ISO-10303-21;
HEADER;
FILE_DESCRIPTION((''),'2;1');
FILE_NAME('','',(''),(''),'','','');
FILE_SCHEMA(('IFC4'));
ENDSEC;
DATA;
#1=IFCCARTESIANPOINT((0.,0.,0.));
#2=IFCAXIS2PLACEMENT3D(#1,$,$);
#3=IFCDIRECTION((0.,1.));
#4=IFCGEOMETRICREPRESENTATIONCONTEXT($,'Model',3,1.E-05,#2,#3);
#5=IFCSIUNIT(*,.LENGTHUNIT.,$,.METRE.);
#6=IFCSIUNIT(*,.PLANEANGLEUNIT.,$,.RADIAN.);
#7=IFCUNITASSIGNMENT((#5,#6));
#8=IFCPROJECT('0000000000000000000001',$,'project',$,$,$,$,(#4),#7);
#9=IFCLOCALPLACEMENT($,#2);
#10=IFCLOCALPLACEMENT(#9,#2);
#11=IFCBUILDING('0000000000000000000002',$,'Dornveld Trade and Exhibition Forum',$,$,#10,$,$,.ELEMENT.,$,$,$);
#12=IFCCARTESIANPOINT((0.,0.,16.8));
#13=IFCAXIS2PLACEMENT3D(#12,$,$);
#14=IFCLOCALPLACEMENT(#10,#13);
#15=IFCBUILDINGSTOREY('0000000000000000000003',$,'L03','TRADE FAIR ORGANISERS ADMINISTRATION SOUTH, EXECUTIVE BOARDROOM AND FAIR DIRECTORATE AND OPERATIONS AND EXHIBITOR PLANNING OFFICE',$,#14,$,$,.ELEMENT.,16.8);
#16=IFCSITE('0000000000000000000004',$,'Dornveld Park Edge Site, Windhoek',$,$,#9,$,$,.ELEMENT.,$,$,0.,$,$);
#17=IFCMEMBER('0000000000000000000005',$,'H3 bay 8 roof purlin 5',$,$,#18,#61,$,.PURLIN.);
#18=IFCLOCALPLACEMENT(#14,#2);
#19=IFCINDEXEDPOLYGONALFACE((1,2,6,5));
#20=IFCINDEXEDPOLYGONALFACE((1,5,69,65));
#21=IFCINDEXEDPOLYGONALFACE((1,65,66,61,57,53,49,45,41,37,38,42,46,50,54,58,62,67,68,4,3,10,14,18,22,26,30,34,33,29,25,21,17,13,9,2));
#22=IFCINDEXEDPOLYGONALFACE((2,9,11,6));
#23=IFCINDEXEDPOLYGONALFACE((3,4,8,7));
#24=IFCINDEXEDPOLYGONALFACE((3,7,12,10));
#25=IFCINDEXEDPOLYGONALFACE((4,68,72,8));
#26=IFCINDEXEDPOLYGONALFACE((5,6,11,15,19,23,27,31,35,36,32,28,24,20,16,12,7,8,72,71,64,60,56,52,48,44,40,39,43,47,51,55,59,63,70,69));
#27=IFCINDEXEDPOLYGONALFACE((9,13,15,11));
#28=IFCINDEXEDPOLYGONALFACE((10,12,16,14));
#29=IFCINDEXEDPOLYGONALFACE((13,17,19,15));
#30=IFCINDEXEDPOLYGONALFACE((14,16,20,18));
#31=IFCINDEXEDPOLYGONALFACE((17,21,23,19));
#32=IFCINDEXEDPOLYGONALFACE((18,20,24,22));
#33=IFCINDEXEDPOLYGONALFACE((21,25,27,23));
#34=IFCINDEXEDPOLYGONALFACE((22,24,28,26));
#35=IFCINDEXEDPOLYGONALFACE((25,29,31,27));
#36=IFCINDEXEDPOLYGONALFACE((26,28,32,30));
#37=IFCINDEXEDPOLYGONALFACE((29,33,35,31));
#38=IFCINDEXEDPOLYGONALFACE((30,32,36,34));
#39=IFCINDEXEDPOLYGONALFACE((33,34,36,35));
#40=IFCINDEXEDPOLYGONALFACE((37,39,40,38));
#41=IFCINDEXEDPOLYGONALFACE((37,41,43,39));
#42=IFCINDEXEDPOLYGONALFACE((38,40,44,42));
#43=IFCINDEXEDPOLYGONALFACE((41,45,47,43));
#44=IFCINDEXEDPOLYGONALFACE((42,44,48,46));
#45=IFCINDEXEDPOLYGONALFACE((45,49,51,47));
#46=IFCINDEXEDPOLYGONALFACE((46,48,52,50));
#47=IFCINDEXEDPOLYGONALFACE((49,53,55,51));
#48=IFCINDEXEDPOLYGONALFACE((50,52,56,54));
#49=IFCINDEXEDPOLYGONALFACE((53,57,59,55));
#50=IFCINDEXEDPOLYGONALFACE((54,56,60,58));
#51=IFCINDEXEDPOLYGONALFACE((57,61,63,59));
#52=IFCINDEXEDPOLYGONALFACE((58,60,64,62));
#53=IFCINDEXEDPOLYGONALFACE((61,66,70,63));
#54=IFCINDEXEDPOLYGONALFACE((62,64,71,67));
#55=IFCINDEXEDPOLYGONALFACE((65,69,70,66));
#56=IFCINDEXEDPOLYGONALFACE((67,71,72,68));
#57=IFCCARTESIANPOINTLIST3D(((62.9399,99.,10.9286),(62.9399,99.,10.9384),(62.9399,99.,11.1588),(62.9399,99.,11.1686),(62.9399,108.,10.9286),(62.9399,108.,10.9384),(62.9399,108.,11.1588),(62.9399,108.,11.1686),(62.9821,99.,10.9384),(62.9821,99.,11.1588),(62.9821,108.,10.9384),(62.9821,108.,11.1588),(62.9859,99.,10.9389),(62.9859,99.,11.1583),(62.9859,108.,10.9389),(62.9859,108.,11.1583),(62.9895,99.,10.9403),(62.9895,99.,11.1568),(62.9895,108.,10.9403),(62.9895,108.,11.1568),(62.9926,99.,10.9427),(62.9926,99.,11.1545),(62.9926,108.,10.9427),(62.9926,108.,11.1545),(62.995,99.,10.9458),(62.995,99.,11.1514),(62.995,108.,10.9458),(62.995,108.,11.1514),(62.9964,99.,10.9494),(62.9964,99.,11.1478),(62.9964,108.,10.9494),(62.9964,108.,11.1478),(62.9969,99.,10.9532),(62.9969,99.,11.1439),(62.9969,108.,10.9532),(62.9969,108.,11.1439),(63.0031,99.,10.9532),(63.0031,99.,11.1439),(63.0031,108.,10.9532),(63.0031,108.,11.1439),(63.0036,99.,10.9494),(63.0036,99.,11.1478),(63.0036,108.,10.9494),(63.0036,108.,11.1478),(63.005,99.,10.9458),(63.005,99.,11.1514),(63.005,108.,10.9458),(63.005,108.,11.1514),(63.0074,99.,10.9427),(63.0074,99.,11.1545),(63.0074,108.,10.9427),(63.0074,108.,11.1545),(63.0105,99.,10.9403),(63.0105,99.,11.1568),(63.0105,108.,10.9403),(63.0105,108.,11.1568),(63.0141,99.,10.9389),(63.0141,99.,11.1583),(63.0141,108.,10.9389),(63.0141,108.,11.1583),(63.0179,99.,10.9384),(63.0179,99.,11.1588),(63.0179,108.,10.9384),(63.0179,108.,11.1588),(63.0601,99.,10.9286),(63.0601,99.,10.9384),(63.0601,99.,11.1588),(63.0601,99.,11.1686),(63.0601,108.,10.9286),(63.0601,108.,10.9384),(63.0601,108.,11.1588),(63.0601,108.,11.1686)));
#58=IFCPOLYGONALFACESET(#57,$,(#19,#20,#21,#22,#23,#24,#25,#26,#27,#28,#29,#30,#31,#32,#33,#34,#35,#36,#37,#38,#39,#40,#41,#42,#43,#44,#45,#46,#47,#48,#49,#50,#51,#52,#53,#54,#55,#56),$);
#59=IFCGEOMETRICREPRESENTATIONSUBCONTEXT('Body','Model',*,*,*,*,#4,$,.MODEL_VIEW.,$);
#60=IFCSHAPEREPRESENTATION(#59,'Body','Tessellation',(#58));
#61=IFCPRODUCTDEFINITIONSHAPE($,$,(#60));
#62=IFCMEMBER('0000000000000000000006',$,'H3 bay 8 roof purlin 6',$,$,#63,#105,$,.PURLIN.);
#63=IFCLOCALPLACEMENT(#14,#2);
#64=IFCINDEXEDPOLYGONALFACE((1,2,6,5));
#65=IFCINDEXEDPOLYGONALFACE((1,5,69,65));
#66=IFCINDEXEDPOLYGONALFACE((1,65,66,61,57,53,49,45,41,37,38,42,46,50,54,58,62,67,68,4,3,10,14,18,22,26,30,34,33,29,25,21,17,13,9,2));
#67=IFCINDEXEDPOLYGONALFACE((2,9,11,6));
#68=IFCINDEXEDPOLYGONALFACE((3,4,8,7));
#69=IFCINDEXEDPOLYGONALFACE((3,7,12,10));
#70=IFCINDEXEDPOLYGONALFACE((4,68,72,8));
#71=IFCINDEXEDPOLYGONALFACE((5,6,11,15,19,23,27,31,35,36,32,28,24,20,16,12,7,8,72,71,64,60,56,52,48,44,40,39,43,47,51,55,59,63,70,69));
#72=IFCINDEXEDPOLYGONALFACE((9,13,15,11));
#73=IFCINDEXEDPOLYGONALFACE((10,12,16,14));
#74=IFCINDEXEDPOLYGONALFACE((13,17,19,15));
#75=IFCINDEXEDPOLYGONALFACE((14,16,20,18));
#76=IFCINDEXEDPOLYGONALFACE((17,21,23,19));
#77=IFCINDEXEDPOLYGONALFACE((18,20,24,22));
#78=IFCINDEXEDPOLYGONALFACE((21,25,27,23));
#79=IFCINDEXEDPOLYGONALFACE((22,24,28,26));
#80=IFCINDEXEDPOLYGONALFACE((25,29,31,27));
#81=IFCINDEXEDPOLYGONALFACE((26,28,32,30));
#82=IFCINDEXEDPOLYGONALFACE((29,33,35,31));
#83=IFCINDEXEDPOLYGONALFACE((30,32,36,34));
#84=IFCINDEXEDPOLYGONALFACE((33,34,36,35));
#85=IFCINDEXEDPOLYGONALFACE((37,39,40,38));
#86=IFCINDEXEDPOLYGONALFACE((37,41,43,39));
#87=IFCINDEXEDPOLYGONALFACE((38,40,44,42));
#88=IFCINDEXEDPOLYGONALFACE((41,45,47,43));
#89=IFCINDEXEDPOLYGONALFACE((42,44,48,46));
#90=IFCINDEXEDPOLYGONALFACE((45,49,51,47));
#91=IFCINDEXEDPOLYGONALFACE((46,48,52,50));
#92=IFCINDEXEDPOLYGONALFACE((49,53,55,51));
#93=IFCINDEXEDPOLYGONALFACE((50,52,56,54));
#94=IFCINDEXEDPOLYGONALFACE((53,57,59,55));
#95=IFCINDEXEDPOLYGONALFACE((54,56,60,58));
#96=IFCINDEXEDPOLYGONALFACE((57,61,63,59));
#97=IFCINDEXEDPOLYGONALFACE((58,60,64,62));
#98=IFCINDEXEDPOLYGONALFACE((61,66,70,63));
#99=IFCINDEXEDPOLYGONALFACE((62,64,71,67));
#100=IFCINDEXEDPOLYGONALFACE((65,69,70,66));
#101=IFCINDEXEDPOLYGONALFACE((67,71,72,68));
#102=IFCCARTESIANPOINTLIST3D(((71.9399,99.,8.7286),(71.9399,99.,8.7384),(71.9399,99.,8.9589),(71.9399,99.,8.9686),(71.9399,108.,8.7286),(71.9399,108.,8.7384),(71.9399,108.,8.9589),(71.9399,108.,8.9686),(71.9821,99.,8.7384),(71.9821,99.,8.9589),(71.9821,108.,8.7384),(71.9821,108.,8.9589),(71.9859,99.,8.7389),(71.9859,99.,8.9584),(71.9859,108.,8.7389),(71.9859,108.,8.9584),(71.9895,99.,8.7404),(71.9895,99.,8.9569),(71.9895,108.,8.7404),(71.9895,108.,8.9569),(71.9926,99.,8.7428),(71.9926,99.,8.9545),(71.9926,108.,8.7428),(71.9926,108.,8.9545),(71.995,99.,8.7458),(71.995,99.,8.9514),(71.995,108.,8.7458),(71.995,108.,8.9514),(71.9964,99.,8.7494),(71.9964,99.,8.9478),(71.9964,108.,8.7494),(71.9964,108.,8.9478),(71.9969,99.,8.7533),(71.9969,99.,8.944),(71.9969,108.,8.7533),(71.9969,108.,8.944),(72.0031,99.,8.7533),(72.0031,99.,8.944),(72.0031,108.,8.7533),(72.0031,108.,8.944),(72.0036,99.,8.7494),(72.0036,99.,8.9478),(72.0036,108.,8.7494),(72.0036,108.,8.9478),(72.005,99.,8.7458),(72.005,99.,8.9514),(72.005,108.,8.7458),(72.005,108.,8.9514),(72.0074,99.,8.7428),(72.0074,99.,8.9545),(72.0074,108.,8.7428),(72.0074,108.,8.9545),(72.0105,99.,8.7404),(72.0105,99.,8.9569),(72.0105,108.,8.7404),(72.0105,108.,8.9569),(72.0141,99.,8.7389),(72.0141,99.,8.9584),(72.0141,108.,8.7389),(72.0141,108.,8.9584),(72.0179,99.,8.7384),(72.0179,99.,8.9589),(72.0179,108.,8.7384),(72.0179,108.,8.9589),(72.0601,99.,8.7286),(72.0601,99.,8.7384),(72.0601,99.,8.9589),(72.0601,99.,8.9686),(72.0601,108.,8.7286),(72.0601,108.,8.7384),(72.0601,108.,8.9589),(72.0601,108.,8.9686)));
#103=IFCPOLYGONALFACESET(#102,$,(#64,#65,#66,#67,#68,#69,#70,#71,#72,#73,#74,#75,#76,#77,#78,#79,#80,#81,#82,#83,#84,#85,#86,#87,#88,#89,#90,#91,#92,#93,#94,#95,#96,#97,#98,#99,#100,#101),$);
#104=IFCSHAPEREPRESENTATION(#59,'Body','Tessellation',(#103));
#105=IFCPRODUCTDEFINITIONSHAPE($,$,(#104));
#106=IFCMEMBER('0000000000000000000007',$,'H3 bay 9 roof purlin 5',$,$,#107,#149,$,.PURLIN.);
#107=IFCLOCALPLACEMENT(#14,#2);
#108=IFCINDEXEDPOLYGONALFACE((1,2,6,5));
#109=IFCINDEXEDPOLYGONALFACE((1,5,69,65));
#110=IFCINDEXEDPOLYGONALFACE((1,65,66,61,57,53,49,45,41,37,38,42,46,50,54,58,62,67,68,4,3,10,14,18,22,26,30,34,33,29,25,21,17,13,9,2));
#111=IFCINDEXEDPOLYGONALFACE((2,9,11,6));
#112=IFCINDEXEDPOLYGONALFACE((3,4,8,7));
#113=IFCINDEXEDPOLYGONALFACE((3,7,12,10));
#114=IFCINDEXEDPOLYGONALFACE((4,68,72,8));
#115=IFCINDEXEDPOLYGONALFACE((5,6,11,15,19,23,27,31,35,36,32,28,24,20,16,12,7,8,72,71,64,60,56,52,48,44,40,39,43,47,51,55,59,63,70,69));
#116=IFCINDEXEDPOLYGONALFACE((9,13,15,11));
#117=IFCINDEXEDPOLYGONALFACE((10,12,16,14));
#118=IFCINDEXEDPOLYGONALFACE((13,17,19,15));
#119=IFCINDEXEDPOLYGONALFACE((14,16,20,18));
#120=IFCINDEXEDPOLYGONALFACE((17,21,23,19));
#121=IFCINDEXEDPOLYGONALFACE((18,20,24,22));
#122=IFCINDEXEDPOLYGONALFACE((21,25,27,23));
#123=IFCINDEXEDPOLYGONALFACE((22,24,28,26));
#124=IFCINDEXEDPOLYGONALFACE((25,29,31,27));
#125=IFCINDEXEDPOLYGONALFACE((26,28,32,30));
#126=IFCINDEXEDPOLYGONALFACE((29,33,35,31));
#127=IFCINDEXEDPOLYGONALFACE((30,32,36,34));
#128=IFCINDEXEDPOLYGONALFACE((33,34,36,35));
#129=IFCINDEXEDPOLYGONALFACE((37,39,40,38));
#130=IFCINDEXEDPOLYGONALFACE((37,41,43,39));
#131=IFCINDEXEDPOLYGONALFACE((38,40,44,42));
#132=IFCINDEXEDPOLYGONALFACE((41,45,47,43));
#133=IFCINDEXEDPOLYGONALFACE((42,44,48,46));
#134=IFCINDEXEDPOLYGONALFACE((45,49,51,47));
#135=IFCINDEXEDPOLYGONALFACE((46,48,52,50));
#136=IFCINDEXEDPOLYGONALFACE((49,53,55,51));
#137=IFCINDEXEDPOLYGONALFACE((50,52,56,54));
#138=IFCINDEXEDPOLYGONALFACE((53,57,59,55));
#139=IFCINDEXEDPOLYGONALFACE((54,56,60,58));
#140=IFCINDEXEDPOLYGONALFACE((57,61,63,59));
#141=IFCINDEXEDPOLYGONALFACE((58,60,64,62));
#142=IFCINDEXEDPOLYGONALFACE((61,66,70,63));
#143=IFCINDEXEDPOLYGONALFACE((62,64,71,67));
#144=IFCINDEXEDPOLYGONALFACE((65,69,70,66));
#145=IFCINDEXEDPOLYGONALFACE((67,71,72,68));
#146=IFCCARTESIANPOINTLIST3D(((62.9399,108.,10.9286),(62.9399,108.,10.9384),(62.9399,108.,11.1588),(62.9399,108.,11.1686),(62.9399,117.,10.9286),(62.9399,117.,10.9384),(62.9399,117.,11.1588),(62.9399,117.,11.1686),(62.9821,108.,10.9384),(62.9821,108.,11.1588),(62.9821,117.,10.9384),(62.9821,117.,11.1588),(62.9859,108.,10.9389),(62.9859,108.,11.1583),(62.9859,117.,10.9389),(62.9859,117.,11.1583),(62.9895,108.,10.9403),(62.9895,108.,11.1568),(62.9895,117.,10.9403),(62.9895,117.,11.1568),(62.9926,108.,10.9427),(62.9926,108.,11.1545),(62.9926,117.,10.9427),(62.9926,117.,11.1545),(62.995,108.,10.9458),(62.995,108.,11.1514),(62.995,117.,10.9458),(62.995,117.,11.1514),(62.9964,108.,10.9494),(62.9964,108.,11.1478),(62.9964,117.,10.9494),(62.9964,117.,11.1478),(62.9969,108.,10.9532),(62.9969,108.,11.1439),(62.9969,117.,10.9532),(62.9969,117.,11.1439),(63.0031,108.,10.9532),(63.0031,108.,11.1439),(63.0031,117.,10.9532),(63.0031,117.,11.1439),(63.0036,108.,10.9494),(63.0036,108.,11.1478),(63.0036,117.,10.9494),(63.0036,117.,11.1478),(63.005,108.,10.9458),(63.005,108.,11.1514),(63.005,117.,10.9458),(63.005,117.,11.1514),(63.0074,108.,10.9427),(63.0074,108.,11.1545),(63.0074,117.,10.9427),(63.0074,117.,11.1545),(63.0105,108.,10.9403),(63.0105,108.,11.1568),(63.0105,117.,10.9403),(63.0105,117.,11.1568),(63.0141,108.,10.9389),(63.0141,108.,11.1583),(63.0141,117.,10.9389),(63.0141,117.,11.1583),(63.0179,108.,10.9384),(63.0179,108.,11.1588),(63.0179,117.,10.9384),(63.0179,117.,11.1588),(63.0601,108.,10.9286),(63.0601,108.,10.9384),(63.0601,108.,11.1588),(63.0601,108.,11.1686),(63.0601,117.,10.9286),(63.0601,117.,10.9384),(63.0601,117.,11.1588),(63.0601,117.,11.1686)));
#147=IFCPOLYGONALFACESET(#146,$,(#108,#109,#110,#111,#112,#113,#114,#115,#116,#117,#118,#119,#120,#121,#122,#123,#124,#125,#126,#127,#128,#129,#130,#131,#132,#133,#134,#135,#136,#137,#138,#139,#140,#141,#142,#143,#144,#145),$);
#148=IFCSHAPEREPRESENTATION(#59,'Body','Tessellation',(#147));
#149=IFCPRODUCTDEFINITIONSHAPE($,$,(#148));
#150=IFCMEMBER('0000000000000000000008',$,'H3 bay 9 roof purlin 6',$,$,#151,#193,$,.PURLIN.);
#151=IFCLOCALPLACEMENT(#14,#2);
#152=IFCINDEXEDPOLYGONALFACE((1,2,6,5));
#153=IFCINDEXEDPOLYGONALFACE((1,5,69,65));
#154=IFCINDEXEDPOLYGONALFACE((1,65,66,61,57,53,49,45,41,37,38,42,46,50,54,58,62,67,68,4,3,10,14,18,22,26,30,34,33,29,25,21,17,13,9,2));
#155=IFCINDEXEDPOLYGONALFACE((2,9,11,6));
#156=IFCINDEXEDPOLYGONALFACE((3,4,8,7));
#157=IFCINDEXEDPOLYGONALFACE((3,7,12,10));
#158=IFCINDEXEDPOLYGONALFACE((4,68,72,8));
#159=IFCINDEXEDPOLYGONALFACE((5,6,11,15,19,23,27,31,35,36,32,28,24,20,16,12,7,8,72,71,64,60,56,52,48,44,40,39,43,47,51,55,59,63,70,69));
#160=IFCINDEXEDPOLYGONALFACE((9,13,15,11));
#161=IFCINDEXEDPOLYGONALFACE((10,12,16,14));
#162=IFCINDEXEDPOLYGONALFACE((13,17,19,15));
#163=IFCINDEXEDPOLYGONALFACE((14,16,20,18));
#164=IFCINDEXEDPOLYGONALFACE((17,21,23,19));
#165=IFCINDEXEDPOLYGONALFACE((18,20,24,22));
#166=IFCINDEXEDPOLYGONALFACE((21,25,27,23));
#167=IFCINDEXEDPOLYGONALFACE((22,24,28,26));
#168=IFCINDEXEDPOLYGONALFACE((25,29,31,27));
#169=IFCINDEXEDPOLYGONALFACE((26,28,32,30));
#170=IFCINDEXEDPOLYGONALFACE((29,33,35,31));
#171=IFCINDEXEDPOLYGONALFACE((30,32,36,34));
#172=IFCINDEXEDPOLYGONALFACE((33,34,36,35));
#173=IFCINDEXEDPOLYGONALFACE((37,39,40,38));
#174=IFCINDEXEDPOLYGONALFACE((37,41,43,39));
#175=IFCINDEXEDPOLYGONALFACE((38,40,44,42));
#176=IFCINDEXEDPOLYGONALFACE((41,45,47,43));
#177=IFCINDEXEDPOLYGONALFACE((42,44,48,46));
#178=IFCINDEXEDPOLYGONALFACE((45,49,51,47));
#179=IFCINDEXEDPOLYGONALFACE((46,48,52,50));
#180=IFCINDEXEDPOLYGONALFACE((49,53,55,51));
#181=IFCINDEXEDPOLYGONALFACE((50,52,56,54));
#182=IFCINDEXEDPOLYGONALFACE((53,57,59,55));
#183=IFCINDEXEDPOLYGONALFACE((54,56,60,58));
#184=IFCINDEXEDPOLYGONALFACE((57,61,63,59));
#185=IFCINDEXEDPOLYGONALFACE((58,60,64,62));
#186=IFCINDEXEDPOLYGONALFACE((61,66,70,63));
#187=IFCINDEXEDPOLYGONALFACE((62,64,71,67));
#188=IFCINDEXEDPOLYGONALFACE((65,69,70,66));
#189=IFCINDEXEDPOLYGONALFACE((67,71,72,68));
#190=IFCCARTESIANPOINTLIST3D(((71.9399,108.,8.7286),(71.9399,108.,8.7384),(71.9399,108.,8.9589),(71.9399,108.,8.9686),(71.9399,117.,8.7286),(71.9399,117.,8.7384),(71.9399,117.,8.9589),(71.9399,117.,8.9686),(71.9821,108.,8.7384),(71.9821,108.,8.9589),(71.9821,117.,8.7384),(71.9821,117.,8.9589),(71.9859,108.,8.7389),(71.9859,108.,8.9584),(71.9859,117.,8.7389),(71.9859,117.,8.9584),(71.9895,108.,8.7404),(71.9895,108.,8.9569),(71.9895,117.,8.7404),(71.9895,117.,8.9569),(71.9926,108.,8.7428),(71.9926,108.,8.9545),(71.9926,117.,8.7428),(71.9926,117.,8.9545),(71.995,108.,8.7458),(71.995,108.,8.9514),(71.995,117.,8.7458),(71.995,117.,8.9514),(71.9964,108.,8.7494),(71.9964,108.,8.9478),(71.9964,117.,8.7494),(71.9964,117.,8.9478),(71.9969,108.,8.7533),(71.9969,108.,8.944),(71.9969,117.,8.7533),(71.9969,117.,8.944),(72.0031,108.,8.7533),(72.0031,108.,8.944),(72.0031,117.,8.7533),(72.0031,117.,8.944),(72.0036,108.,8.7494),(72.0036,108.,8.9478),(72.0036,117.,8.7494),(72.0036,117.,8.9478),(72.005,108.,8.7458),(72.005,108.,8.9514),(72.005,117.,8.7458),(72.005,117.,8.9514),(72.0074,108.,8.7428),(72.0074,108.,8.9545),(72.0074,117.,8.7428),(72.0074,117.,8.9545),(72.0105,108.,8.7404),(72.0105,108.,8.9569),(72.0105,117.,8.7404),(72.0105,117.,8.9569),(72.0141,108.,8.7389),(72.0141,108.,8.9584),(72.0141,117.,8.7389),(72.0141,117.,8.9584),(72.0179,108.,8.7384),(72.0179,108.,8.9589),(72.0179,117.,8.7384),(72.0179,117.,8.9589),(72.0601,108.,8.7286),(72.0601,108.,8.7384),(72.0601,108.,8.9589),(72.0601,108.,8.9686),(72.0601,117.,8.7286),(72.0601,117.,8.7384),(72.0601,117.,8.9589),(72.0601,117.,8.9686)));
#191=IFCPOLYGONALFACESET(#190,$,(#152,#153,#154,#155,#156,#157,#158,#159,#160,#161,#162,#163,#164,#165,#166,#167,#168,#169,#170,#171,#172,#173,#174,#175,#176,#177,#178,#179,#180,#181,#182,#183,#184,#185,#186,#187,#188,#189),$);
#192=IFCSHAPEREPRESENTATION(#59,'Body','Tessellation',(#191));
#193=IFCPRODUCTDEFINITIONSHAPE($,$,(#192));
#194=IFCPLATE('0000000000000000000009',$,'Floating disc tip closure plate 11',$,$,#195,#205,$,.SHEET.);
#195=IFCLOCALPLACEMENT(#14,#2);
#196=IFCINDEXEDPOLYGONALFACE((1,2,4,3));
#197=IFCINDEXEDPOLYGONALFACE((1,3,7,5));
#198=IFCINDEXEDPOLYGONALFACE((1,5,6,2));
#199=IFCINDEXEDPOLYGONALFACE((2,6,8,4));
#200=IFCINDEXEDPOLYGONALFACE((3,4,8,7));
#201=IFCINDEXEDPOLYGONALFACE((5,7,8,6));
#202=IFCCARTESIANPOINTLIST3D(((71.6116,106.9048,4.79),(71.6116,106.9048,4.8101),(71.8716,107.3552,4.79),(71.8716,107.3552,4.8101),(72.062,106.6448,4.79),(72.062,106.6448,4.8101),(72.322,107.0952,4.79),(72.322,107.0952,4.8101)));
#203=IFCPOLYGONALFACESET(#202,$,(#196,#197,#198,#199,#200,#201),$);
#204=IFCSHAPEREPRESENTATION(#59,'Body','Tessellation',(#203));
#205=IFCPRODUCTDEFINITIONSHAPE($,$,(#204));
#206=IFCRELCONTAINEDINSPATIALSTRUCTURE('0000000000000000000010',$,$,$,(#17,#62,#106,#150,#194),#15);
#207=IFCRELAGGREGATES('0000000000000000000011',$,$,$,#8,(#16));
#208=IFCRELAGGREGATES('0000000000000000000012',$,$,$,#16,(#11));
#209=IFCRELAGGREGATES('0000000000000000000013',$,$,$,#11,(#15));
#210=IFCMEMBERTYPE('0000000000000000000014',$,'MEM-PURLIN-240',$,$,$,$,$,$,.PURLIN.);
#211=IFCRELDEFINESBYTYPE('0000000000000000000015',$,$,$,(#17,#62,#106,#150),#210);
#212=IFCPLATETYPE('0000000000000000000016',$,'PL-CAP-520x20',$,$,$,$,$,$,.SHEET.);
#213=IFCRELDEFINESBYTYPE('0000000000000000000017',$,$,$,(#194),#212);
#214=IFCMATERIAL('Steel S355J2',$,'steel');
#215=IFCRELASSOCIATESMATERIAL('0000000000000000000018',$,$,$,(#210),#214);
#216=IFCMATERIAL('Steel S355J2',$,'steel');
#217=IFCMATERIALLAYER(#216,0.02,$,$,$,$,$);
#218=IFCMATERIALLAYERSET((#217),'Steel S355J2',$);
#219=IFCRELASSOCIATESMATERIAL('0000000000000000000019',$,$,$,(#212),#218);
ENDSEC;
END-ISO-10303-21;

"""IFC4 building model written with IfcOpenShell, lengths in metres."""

from ifc_helpers import new_model, si_unit, direction, frame, origin, origin_2d, place, context, subcontext, project, spatial, rectangle, i_section, extrude, material, layer, layer_set, material_profile, profile_set, type_object, element, save


model = new_model("IFC4")

# Units and contexts
model_context = context("Model", 3, precision=1e-05, world=origin(), true_north=direction((0.0, 1.0)))
body_context = subcontext(model_context, "Body", "Model", "MODEL_VIEW")
ifc_project = project(units=[si_unit("LENGTHUNIT", "METRE"), si_unit("PLANEANGLEUNIT", "RADIAN")], contexts=[model_context])

# Site, building, storey
site_placement = place(None, origin())
site = spatial("IfcSite", under=ifc_project, at=site_placement, Name="Dornveld Park Edge Site, Windhoek", CompositionType="ELEMENT", RefElevation=0.0)
building_placement = place(site_placement, origin())
building = spatial("IfcBuilding", under=site, at=building_placement, Name="Dornveld Trade and Exhibition Forum", CompositionType="ELEMENT")
storey_placement = place(building_placement, frame((0.0, 0.0, 16.8)))
storey = spatial("IfcBuildingStorey", under=building, at=storey_placement, Name="L03", Description="TRADE FAIR ORGANISERS ADMINISTRATION SOUTH, EXECUTIVE BOARDROOM AND FAIR DIRECTORATE AND OPERATIONS AND EXHIBITOR PLANNING OFFICE", CompositionType="ELEMENT", Elevation=16.8)

# Members
ifc_material_1 = material(Name="Steel S355J2", Category="steel")
ifc_material_profile_1 = material_profile(ifc_material_1, i_section(OverallWidth=0.1201, OverallDepth=0.24, WebThickness=0.0061, FlangeThickness=0.0098, FilletRadius=0.0149, at=origin_2d()), Name="IPE 240")
ifc_profile_set_1 = profile_set([ifc_material_profile_1], Name="Steel S355J2")
member_type_1 = type_object("IfcMemberType", Name="MEM-PURLIN-240", PredefinedType="PURLIN", material=ifc_profile_set_1)
for number, where, z_axis, x_axis, name in (
    (1, (63.0, 99.0, 11.0486), (0.0, 1.0, 0.0), (-1.0, 0.0, 0.0), "H3 bay 8 roof purlin 5"),
    (2, (72.0, 99.0, 8.8486), (0.0, 1.0, 0.0), (-1.0, 0.0, 0.0), "H3 bay 8 roof purlin 6"),
    (3, (63.0, 108.0, 11.0486), (0.0, 1.0, 0.0), (-1.0, 0.0, 0.0), "H3 bay 9 roof purlin 5"),
    (4, (72.0, 108.0, 8.8486), (0.0, 1.0, 0.0), (-1.0, 0.0, 0.0), "H3 bay 9 roof purlin 6"),
):
    element("IfcMember", number, at=place(storey_placement, frame(where, z_axis=z_axis, x_axis=x_axis)), inside=storey, type_object=member_type_1, Name=name, PredefinedType="PURLIN", context=body_context, shape_type="SweptSolid", body=[
        extrude(i_section(OverallWidth=0.1201, OverallDepth=0.24, WebThickness=0.0061, FlangeThickness=0.0098, FilletRadius=0.0149, at=origin_2d()), origin(), (0.0, 0.0, 1.0), 9.0),
    ])

# Plate
ifc_material_2 = material(Name="Steel S355J2", Category="steel")
ifc_layer_1 = layer(ifc_material_2, 0.02)
ifc_layer_set_1 = layer_set([ifc_layer_1], Name="Steel S355J2")
plate_type = type_object("IfcPlateType", Name="PL-CAP-520x20", PredefinedType="SHEET", material=ifc_layer_set_1)
for number, where, z_axis, x_axis, name in (
    (5, (71.9668, 107.0, 4.79), (0.0, 0.0, 1.0), (-0.866025, 0.5, 0.0), "Floating disc tip closure plate 11"),
):
    element("IfcPlate", number, at=place(storey_placement, frame(where, z_axis=z_axis, x_axis=x_axis)), inside=storey, type_object=plate_type, Name=name, PredefinedType="SHEET", context=body_context, shape_type="SweptSolid", body=[
        extrude(rectangle(XDim=0.52, YDim=0.52, at=origin_2d()), origin(), (0.0, 0.0, 1.0), 0.02),
    ])

save(model, "model.ifc")
